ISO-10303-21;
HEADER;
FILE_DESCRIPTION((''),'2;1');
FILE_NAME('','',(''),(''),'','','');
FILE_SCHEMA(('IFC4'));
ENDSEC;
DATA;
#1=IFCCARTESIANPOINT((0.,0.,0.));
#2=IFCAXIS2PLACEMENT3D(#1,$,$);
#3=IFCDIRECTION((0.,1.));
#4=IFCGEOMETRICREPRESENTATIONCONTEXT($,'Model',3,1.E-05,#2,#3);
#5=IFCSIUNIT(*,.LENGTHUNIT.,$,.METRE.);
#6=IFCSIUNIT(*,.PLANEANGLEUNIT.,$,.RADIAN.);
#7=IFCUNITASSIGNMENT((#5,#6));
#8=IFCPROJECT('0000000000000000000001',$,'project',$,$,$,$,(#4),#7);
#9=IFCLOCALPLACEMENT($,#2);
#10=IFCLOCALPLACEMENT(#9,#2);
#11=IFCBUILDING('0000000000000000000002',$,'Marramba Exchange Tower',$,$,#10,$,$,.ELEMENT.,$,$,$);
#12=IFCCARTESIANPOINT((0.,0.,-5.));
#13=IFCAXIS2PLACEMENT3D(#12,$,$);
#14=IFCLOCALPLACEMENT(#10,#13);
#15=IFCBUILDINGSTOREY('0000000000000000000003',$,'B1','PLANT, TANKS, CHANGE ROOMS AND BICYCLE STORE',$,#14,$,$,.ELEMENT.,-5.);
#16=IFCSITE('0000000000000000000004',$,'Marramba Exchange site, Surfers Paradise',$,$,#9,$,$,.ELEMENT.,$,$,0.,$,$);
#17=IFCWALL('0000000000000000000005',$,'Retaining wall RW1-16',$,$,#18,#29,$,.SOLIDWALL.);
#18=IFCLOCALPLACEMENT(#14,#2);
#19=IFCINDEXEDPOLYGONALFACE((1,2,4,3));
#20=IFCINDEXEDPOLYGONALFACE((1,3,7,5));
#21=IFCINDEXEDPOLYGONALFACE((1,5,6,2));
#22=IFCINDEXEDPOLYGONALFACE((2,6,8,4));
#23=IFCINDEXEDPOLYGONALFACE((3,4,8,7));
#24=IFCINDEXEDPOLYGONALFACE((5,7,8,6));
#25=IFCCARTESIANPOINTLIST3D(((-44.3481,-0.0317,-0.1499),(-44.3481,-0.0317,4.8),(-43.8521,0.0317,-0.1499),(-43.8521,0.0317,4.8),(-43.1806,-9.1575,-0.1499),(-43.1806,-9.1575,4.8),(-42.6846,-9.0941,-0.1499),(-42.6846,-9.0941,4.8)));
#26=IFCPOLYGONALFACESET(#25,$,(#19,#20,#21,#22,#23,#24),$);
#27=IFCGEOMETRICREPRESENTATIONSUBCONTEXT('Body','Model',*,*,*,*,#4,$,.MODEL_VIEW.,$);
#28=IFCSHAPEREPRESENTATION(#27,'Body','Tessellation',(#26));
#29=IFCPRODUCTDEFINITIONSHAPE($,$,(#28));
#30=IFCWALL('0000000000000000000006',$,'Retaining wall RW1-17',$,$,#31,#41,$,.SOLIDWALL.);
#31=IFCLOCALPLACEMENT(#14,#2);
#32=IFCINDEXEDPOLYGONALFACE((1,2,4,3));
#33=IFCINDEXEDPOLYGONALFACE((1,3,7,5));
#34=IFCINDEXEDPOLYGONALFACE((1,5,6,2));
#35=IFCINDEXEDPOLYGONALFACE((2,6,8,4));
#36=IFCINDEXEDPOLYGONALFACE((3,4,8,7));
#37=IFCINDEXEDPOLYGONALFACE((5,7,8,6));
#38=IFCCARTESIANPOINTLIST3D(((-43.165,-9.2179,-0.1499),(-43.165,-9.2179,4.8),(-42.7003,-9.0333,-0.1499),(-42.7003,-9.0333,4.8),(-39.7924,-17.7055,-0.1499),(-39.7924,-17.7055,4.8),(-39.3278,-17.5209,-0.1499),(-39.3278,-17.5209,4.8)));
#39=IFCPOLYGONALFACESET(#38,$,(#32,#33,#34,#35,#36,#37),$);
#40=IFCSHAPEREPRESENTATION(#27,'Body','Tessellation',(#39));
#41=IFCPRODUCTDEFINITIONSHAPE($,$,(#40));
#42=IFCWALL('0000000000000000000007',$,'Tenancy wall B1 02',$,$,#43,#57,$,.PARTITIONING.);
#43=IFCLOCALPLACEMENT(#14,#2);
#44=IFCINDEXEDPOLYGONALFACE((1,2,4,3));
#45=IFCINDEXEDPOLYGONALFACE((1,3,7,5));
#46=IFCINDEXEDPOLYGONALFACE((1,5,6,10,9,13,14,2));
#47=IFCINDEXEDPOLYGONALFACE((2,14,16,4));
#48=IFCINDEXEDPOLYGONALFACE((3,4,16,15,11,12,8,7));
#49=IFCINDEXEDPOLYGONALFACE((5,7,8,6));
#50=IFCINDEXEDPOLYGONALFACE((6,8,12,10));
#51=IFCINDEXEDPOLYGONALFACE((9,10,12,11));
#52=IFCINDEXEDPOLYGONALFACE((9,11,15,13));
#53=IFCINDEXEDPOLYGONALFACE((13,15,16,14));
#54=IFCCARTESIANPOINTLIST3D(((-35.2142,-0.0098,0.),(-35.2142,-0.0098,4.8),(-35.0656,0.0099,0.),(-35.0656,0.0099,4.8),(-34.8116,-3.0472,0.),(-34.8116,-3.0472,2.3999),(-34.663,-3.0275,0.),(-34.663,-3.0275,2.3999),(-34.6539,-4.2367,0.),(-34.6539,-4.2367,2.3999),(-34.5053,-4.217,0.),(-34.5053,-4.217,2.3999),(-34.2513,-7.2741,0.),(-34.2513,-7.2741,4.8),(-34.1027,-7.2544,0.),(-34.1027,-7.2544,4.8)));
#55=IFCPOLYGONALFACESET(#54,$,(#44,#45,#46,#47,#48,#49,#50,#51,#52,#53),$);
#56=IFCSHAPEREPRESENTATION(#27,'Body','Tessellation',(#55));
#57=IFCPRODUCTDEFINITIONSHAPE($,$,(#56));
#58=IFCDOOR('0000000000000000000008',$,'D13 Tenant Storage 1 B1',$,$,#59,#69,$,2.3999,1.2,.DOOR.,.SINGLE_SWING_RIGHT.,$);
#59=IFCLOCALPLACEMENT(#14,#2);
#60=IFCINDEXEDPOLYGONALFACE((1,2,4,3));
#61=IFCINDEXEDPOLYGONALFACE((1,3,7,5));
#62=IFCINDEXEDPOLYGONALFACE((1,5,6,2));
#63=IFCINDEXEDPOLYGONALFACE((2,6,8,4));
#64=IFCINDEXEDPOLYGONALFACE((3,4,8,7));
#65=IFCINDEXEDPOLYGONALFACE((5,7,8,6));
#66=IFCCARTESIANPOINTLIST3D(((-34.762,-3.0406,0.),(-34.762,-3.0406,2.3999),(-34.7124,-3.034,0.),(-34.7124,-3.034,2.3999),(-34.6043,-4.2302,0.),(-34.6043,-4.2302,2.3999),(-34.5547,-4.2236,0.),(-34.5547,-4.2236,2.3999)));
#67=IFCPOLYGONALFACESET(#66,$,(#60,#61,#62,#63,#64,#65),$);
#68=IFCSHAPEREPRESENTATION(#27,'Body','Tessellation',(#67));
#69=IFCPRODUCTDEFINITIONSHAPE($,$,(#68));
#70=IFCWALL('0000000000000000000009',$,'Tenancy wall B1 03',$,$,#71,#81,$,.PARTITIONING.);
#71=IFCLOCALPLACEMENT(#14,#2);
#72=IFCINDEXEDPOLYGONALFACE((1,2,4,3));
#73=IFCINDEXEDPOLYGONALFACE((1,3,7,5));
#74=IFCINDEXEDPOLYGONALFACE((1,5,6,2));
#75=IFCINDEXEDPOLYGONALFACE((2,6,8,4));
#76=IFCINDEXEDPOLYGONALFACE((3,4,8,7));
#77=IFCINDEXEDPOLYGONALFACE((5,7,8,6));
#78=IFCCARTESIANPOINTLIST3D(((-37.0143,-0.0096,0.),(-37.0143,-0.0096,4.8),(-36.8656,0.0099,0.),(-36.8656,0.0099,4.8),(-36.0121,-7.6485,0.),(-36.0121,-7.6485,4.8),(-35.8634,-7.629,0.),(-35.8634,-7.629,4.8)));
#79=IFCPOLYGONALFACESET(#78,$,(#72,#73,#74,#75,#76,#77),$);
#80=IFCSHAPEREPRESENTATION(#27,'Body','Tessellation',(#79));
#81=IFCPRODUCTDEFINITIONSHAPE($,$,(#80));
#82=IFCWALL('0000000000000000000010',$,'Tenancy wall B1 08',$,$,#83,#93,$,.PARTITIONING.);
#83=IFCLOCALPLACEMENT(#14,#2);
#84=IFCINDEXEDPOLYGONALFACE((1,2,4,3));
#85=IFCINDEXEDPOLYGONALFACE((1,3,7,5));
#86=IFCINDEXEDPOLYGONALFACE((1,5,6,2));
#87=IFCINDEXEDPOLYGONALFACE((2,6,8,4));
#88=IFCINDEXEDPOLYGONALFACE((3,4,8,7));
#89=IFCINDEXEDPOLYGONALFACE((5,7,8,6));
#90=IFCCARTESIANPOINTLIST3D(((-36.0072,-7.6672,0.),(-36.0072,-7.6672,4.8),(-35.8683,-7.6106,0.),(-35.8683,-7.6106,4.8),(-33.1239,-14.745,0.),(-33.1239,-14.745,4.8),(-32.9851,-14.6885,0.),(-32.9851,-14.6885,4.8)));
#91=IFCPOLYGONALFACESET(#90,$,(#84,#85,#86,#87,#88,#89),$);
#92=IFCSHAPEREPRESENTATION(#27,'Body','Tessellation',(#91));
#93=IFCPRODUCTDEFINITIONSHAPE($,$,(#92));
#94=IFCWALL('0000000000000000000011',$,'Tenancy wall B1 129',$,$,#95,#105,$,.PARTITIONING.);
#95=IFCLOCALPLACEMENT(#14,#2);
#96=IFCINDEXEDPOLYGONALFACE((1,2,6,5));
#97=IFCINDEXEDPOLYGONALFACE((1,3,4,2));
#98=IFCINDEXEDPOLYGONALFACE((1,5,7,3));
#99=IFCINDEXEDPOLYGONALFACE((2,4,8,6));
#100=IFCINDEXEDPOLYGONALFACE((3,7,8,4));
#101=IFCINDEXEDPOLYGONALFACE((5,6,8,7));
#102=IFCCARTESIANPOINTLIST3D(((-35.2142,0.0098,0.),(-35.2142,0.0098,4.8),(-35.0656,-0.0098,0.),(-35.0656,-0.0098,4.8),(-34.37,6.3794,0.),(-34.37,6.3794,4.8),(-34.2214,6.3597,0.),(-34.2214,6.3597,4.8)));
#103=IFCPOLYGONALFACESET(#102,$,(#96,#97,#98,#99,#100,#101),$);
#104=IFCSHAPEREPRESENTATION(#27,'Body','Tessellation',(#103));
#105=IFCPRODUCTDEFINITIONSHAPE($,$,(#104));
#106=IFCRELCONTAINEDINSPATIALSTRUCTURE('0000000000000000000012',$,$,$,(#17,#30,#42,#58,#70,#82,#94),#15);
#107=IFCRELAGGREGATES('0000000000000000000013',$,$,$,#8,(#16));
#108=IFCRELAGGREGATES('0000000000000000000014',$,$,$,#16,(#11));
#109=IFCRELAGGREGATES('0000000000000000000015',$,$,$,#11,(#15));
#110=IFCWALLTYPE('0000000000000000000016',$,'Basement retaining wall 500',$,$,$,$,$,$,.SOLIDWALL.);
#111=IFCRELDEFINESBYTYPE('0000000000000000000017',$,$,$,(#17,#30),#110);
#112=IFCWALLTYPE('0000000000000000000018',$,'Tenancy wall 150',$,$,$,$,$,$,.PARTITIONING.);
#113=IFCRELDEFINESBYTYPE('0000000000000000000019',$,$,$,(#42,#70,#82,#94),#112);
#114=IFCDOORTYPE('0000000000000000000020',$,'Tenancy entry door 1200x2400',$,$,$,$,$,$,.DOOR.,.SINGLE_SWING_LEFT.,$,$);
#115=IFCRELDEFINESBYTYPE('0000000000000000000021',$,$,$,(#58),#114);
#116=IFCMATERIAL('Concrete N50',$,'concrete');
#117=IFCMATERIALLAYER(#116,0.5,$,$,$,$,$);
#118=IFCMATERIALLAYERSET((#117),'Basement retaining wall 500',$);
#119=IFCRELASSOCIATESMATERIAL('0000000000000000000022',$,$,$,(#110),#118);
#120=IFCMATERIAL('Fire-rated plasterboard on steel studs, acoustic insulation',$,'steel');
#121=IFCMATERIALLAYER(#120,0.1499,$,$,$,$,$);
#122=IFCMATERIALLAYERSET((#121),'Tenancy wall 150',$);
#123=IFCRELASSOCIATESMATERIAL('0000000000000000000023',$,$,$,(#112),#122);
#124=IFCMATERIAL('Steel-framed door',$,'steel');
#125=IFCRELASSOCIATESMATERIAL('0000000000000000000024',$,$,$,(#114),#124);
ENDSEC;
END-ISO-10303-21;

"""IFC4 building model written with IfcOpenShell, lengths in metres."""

from ifc_helpers import new_model, si_unit, direction, frame, frame_2d, origin, place, context, subcontext, project, spatial, rectangle, extrude, material, layer, layer_set, type_object, element, fill, save


model = new_model("IFC4")

# Units and contexts
model_context = context("Model", 3, precision=1e-05, world=origin(), true_north=direction((0.0, 1.0)))
body_context = subcontext(model_context, "Body", "Model", "MODEL_VIEW")
ifc_project = project(units=[si_unit("LENGTHUNIT", "METRE"), si_unit("PLANEANGLEUNIT", "RADIAN")], contexts=[model_context])

# Site, building, storey
site_placement = place(None, origin())
site = spatial("IfcSite", under=ifc_project, at=site_placement, Name="Marramba Exchange site, Surfers Paradise", CompositionType="ELEMENT", RefElevation=0.0)
building_placement = place(site_placement, origin())
building = spatial("IfcBuilding", under=site, at=building_placement, Name="Marramba Exchange Tower", CompositionType="ELEMENT")
storey_placement = place(building_placement, frame((0.0, 0.0, -5.0)))
storey = spatial("IfcBuildingStorey", under=building, at=storey_placement, Name="B1", Description="PLANT, TANKS, CHANGE ROOMS AND BICYCLE STORE", CompositionType="ELEMENT", Elevation=-5.0)

# Shared definitions
ifc_material_1 = material(Name="Concrete N50", Category="concrete")

# Walls
ifc_layer_1 = layer(ifc_material_1, 0.5)
ifc_layer_set_1 = layer_set([ifc_layer_1], Name="Basement retaining wall 500")
wall_type_1 = type_object("IfcWallType", Name="Basement retaining wall 500", PredefinedType="SOLIDWALL", material=ifc_layer_set_1)
wall_1_placement = place(storey_placement, frame((-44.1001, 0.0, -0.1499), z_axis=(0.0, 0.0, 1.0), x_axis=(0.126899, -0.991916, 0.0)))
element("IfcWall", 1, at=wall_1_placement, inside=storey, type_object=wall_type_1, Name="Retaining wall RW1-16", PredefinedType="SOLIDWALL", context=body_context, shape_type="SweptSolid", body=[
    extrude(rectangle(XDim=9.2002, YDim=0.5, at=frame_2d((4.6001, 0.0))), origin(), (0.0, 0.0, 1.0), 4.95),
])
wall_2_placement = place(storey_placement, frame((-42.9326, -9.1257, -0.1499), z_axis=(0.0, 0.0, 1.0), x_axis=(0.36927, -0.929322, 0.0)))
element("IfcWall", 2, at=wall_2_placement, inside=storey, type_object=wall_type_1, Name="Retaining wall RW1-17", PredefinedType="SOLIDWALL", context=body_context, shape_type="SweptSolid", body=[
    extrude(rectangle(XDim=9.1331, YDim=0.5, at=frame_2d((4.5664, 0.0))), origin(), (0.0, 0.0, 1.0), 4.95),
])

# Wall, opening, door
ifc_material_2 = material(Name="Fire-rated plasterboard on steel studs, acoustic insulation", Category="steel")
ifc_layer_2 = layer(ifc_material_2, 0.1499)
ifc_layer_set_2 = layer_set([ifc_layer_2], Name="Tenancy wall 150")
wall_type_2 = type_object("IfcWallType", Name="Tenancy wall 150", PredefinedType="PARTITIONING", material=ifc_layer_set_2)
wall_3_placement = place(storey_placement, frame((-34.177, -7.2644, 0.0), z_axis=(0.0, 0.0, 1.0), x_axis=(-0.1314, 0.991329, 0.0)))
wall_3 = element("IfcWall", 3, at=wall_3_placement, inside=storey, type_object=wall_type_2, Name="Tenancy wall B1 02", PredefinedType="PARTITIONING", context=body_context, shape_type="SweptSolid", body=[
    extrude(rectangle(XDim=7.3279, YDim=0.1499, at=frame_2d((3.6641, 0.0))), origin(), (0.0, 0.0, 1.0), 4.8),
])
opening_placement = place(wall_3_placement, frame((3.064, 0.0, 0.0)))
opening = element("IfcOpeningElement", 4, at=opening_placement, cuts=wall_3, PredefinedType="OPENING", context=body_context, shape_type="SweptSolid", body=[
    extrude(rectangle(XDim=1.2, YDim=2.3999, at=frame_2d((0.6001, 1.2))), frame((0.0, 0.085, 0.0), z_axis=(0.0, -1.0, 0.0), x_axis=(1.0, 0.0, 0.0)), (0.0, 0.0, 1.0), 0.1699),
])
ifc_material_3 = material(Name="Steel-framed door", Category="steel")
door_type = type_object("IfcDoorType", Name="Tenancy entry door 1200x2400", OperationType="SINGLE_SWING_LEFT", PredefinedType="DOOR", material=ifc_material_3)
door_placement = place(opening_placement, origin())
door = element("IfcDoor", 5, at=door_placement, inside=storey, type_object=door_type, Name="D13 Tenant Storage 1 B1", OperationType="SINGLE_SWING_RIGHT", OverallHeight=2.3999, OverallWidth=1.2, PredefinedType="DOOR", context=body_context, shape_type="SweptSolid", body=[
    extrude(rectangle(XDim=1.2, YDim=2.3999, at=frame_2d((0.6001, 1.2))), frame((0.0, 0.0249, 0.0), z_axis=(0.0, -1.0, 0.0), x_axis=(1.0, 0.0, 0.0)), (0.0, 0.0, 1.0), 0.05),
])
fill(opening, door)

# Walls
wall_4_placement = place(storey_placement, frame((-36.9399, 0.0, 0.0), z_axis=(0.0, 0.0, 1.0), x_axis=(0.130082, -0.991503, 0.0)))
element("IfcWall", 6, at=wall_4_placement, inside=storey, type_object=wall_type_2, Name="Tenancy wall B1 03", PredefinedType="PARTITIONING", context=body_context, shape_type="SweptSolid", body=[
    extrude(rectangle(XDim=7.7043, YDim=0.1499, at=frame_2d((3.8521, 0.0))), origin(), (0.0, 0.0, 1.0), 4.8),
])
wall_5_placement = place(storey_placement, frame((-35.9377, -7.6389, 0.0), z_axis=(0.0, 0.0, 1.0), x_axis=(0.377265, -0.926105, 0.0)))
element("IfcWall", 7, at=wall_5_placement, inside=storey, type_object=wall_type_2, Name="Tenancy wall B1 08", PredefinedType="PARTITIONING", context=body_context, shape_type="SweptSolid", body=[
    extrude(rectangle(XDim=7.6426, YDim=0.1499, at=frame_2d((3.8213, 0.0))), origin(), (0.0, 0.0, 1.0), 4.8),
])
wall_6_placement = place(storey_placement, frame((-35.1399, 0.0, 0.0), z_axis=(0.0, 0.0, 1.0), x_axis=(0.131392, 0.99133, 0.0)))
element("IfcWall", 8, at=wall_6_placement, inside=storey, type_object=wall_type_2, Name="Tenancy wall B1 129", PredefinedType="PARTITIONING", context=body_context, shape_type="SweptSolid", body=[
    extrude(rectangle(XDim=6.4253, YDim=0.1499, at=frame_2d((3.2126, 0.0))), origin(), (0.0, 0.0, 1.0), 4.8),
])

save(model, "model.ifc")
